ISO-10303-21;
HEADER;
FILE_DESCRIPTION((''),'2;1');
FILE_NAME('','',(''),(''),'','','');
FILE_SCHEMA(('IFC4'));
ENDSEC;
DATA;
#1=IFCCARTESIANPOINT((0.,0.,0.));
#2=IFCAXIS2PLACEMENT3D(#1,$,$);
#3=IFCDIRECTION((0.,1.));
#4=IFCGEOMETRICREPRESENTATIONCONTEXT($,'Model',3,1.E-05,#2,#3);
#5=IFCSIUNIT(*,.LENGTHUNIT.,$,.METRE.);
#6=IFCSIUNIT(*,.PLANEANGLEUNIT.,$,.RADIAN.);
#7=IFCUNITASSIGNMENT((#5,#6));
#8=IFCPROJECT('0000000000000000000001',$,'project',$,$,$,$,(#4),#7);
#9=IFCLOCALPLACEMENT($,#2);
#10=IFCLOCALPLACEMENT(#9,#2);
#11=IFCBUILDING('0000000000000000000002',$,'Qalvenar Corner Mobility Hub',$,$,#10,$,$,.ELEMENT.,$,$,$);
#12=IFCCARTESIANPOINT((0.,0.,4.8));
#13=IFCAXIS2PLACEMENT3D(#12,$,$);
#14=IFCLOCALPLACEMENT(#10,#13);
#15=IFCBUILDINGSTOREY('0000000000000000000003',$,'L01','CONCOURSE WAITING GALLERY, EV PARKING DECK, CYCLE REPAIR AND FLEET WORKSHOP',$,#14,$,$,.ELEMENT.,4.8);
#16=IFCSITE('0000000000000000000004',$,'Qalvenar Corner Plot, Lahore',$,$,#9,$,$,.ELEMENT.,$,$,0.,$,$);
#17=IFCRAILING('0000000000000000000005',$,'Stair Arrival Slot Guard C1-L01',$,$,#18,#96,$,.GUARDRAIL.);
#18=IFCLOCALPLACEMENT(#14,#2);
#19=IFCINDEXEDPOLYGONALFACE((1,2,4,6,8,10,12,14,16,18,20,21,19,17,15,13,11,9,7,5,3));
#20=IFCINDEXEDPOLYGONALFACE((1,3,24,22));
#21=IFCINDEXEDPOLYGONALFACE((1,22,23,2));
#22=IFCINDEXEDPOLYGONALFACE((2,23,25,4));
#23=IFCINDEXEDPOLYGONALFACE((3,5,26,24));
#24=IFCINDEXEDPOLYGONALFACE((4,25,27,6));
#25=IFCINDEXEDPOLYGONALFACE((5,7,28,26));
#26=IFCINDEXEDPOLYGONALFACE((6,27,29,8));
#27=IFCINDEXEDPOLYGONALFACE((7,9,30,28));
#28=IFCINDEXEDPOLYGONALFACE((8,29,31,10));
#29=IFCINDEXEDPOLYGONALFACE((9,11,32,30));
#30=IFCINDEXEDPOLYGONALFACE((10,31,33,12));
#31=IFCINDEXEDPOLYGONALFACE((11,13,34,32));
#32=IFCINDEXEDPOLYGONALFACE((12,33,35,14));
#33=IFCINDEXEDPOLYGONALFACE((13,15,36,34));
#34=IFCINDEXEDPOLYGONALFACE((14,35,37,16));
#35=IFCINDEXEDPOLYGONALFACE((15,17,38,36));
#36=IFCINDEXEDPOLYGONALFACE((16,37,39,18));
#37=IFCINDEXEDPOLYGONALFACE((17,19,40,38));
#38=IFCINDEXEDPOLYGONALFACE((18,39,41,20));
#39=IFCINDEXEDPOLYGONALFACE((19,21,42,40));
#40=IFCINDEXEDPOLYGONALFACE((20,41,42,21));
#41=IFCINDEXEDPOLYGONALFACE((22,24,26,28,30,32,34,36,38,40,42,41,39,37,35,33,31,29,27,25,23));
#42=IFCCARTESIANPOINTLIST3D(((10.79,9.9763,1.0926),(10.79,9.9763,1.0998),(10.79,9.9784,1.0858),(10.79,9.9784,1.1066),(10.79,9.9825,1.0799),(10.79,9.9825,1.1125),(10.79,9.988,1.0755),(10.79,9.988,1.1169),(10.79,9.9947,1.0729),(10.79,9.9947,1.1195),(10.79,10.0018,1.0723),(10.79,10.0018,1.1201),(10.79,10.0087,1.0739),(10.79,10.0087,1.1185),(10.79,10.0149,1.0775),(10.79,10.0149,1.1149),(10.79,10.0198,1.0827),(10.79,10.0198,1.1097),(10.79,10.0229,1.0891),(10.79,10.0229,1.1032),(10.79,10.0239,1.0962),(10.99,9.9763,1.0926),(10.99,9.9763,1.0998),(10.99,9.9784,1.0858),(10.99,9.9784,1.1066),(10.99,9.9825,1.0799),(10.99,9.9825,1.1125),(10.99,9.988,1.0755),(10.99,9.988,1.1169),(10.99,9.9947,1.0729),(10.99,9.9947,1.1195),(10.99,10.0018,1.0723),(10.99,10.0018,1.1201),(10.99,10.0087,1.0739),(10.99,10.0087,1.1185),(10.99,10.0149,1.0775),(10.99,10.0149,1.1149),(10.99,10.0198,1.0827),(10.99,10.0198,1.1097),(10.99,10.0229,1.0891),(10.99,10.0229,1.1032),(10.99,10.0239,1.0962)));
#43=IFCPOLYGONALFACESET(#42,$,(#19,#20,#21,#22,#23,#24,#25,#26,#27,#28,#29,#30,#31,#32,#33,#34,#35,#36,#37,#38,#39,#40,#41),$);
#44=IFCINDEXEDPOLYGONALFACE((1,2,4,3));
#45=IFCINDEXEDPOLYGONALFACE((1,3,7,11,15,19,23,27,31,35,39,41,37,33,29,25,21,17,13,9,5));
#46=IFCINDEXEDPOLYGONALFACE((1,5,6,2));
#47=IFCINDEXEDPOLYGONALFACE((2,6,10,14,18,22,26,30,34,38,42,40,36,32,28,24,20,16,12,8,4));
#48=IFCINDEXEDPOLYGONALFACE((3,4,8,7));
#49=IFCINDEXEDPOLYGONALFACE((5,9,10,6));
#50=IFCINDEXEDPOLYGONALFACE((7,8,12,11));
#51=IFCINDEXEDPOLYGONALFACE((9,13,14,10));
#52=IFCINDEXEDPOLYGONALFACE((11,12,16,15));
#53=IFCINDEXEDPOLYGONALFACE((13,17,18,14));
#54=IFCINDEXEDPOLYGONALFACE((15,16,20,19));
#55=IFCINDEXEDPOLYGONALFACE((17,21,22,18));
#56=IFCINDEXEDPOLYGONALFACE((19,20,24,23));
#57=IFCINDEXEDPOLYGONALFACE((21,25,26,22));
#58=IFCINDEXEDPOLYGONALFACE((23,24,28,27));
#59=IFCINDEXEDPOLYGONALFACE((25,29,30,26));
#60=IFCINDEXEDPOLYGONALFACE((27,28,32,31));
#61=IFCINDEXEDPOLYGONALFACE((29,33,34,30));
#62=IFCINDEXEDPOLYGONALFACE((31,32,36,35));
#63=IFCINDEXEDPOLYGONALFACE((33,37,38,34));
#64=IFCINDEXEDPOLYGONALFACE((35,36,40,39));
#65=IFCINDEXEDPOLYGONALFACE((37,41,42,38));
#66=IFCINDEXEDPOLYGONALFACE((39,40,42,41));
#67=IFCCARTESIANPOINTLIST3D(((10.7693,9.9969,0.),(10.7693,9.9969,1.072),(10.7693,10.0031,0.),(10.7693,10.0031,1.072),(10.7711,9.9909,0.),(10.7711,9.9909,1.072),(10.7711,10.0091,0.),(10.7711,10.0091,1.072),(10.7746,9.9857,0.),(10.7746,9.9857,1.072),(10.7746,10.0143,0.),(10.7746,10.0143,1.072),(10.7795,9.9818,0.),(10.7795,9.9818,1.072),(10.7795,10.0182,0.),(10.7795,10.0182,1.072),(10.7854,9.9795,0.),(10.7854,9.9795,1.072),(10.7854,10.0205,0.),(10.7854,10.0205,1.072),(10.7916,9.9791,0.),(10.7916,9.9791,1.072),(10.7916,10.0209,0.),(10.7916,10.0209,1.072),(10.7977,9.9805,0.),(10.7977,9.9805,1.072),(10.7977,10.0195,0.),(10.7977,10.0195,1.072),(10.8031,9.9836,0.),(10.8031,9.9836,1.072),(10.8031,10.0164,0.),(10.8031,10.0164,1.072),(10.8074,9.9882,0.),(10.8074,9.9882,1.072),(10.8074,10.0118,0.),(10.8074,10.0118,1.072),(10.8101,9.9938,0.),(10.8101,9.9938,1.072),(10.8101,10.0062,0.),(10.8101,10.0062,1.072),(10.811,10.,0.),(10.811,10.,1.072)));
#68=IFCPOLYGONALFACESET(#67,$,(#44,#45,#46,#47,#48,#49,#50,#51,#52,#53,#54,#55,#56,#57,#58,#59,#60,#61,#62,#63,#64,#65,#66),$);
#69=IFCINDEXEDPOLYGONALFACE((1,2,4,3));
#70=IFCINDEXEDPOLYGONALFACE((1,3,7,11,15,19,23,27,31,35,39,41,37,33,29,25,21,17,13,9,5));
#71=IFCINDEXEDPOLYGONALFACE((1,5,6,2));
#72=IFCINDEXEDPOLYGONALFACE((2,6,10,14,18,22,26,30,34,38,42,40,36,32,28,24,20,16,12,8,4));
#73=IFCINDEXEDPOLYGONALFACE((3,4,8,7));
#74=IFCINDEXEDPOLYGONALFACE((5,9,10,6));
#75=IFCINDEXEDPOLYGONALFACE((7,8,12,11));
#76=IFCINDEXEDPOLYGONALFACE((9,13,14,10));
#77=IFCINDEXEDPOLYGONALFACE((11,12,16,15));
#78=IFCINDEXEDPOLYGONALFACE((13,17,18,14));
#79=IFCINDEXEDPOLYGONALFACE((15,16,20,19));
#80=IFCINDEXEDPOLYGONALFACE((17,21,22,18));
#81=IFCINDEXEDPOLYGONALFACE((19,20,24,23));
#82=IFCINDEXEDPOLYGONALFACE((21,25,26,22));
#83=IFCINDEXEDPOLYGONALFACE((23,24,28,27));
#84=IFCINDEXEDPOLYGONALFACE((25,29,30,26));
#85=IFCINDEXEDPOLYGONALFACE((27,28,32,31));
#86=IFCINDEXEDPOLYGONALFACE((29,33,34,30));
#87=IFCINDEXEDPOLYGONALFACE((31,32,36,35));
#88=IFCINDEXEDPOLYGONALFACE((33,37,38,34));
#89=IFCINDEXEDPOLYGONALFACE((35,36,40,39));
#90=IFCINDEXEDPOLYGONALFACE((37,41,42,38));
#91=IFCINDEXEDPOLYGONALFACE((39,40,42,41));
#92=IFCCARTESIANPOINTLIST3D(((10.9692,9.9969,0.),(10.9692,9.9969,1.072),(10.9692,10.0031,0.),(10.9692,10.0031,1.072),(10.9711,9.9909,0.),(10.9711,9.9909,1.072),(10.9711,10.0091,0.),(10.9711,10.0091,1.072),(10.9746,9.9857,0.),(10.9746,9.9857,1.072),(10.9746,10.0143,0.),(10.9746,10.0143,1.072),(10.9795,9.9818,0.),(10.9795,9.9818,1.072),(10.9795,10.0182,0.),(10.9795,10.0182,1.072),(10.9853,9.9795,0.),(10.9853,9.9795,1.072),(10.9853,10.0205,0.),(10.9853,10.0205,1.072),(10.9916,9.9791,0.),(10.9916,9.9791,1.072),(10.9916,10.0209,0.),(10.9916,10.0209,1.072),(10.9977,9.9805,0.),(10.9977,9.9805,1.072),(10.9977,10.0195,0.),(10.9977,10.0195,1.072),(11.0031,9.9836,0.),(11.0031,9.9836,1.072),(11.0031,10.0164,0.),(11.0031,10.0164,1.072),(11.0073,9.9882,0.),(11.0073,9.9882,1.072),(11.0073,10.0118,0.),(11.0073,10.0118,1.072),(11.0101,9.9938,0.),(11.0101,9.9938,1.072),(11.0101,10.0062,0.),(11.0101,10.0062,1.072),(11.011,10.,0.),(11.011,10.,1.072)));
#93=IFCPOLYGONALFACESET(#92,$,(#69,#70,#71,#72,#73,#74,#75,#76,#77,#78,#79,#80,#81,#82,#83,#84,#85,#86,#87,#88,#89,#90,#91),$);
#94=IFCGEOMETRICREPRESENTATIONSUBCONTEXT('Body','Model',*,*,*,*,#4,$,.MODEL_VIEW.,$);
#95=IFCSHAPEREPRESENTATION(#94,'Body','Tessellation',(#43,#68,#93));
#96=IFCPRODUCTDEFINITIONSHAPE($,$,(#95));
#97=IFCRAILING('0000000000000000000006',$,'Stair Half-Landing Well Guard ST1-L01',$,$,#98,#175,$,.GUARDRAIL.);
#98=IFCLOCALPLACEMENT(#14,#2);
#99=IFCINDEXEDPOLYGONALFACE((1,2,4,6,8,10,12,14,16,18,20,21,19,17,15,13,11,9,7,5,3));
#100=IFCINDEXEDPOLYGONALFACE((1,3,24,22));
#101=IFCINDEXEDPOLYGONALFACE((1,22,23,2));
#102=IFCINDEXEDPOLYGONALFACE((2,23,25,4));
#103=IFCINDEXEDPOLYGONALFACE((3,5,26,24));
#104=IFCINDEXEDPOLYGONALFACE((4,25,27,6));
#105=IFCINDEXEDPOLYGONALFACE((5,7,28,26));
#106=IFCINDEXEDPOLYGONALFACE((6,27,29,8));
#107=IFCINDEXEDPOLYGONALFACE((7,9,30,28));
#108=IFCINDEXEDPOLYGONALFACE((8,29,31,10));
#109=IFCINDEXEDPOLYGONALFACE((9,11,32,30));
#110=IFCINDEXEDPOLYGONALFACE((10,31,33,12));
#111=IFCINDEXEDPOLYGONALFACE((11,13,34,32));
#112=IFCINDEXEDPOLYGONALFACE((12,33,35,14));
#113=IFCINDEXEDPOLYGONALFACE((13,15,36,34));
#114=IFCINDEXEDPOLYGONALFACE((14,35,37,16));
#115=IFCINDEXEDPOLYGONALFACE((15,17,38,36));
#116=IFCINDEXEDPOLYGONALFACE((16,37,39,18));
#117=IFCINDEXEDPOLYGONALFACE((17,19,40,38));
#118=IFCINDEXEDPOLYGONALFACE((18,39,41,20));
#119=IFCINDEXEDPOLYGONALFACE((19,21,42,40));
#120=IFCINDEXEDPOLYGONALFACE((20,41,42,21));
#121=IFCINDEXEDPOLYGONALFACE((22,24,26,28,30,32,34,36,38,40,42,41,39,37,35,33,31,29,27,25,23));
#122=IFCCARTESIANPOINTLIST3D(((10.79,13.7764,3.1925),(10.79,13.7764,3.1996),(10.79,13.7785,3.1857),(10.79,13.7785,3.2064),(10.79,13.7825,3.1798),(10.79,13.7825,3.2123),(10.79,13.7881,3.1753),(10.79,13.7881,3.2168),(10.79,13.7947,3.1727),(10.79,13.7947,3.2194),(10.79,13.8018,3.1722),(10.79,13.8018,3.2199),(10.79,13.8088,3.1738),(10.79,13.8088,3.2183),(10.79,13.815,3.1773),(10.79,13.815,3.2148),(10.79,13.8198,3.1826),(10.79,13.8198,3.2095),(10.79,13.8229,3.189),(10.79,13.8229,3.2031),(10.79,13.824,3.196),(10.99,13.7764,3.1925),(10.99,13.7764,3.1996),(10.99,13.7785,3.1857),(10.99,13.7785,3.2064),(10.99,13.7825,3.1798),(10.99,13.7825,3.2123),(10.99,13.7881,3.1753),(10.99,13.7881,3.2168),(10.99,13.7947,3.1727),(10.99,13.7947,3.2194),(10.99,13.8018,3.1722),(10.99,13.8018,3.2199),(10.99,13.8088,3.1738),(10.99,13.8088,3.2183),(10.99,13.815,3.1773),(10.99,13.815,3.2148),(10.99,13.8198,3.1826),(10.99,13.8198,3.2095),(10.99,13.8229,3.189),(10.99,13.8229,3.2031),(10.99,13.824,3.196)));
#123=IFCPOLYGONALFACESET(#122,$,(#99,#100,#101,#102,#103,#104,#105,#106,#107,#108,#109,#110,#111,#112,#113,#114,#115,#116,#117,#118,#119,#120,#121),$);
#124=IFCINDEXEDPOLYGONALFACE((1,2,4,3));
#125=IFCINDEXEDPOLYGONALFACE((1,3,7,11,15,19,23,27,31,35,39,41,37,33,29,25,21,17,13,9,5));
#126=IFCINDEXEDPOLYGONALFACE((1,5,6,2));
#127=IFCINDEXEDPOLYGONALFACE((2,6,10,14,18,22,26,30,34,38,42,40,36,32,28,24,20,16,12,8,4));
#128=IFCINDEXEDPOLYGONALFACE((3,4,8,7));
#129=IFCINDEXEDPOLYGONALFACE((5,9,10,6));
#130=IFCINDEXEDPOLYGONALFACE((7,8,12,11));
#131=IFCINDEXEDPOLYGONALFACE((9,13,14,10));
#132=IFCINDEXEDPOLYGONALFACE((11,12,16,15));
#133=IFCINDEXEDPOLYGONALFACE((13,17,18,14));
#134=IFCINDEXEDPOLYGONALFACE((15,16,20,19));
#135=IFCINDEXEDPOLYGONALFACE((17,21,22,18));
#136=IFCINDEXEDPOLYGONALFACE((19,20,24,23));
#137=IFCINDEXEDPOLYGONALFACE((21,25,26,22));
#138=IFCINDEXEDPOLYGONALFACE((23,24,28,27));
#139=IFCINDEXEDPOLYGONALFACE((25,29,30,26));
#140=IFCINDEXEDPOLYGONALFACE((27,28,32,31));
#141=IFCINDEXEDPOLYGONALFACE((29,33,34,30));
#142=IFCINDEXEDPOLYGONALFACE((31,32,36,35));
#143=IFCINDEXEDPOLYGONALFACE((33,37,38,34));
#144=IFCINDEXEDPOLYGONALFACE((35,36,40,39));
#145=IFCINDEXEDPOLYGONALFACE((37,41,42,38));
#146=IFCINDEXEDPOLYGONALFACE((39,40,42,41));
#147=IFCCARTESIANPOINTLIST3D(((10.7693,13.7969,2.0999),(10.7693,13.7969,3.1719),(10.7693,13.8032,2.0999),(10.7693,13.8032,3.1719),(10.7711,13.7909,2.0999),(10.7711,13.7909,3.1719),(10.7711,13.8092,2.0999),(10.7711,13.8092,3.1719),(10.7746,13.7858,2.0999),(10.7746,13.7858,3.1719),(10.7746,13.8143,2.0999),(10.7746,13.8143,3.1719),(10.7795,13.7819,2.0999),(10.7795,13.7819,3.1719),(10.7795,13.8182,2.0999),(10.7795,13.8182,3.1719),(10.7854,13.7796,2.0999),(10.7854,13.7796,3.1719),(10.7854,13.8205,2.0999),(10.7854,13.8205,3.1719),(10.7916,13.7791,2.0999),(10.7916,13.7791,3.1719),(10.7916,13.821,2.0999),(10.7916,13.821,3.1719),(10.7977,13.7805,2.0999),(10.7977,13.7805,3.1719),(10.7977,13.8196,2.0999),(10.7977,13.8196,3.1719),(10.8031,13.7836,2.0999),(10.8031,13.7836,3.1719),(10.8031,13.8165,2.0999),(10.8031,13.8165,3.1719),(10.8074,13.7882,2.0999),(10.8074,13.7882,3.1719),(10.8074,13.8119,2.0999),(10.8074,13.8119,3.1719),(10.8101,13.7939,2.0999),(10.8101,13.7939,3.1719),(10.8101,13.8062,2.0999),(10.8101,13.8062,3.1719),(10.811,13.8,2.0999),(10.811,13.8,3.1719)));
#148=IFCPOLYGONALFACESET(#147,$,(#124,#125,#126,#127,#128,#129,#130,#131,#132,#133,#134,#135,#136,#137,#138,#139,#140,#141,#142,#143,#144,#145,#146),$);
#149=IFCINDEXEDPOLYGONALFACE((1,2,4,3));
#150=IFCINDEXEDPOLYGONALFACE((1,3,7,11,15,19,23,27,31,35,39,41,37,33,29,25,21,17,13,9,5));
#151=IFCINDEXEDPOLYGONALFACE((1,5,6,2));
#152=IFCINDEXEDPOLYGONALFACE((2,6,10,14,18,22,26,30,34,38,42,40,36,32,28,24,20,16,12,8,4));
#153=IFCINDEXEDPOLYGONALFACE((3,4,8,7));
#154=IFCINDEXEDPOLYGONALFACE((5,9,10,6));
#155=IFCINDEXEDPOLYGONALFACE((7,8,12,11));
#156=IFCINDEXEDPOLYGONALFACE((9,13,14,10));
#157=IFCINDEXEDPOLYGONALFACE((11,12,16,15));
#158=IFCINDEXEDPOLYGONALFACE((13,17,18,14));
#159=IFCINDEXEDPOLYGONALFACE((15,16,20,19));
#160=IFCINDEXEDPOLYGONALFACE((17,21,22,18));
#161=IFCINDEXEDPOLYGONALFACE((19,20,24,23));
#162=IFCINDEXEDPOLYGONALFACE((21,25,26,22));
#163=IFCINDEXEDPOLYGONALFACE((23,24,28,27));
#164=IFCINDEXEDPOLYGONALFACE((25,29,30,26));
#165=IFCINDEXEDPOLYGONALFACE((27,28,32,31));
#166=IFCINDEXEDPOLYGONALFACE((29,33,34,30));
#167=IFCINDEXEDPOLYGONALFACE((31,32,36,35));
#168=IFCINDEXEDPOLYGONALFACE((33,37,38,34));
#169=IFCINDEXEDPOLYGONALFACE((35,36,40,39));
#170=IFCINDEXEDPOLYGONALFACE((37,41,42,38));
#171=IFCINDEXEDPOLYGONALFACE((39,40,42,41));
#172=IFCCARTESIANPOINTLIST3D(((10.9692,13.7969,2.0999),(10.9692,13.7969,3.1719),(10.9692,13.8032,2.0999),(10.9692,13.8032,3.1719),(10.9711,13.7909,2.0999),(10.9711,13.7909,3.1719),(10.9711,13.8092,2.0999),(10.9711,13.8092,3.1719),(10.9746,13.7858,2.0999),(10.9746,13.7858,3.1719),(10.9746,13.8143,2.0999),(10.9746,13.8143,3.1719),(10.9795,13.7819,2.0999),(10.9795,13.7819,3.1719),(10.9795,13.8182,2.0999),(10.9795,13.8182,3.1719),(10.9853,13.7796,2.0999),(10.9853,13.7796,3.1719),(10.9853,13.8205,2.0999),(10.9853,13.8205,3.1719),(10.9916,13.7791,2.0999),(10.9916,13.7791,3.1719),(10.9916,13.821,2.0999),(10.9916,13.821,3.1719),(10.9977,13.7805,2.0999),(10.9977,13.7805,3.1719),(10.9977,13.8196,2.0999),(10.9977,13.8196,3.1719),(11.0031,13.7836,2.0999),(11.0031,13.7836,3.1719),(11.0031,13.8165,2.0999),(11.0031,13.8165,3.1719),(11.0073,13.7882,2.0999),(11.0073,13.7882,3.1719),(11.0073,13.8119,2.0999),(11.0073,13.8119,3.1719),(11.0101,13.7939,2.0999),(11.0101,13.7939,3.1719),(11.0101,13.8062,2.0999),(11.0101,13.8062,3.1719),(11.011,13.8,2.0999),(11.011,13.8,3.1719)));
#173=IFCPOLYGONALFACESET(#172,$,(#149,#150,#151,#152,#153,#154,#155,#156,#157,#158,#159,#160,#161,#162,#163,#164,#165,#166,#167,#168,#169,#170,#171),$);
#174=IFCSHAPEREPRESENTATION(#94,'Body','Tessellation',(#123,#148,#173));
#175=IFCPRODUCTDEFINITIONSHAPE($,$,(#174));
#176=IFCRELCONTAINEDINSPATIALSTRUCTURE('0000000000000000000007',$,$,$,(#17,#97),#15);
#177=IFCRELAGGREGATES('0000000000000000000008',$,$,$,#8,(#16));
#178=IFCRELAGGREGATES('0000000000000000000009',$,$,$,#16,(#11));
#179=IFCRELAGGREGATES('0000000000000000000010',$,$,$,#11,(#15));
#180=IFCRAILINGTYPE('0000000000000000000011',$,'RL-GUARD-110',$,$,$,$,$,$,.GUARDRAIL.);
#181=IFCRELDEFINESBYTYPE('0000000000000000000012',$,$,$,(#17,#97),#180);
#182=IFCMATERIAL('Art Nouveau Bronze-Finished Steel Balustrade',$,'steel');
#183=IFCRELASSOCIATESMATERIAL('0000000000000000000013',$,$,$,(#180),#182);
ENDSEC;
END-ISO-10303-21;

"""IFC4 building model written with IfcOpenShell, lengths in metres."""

from ifc_helpers import new_model, si_unit, direction, frame, origin, origin_2d, place, context, subcontext, project, spatial, circle, extrude, material, type_object, element, save


model = new_model("IFC4")

# Units and contexts
model_context = context("Model", 3, precision=1e-05, world=origin(), true_north=direction((0.0, 1.0)))
body_context = subcontext(model_context, "Body", "Model", "MODEL_VIEW")
ifc_project = project(units=[si_unit("LENGTHUNIT", "METRE"), si_unit("PLANEANGLEUNIT", "RADIAN")], contexts=[model_context])

# Site, building, storey
site_placement = place(None, origin())
site = spatial("IfcSite", under=ifc_project, at=site_placement, Name="Qalvenar Corner Plot, Lahore", CompositionType="ELEMENT", RefElevation=0.0)
building_placement = place(site_placement, origin())
building = spatial("IfcBuilding", under=site, at=building_placement, Name="Qalvenar Corner Mobility Hub", CompositionType="ELEMENT")
storey_placement = place(building_placement, frame((0.0, 0.0, 4.8)))
storey = spatial("IfcBuildingStorey", under=building, at=storey_placement, Name="L01", Description="CONCOURSE WAITING GALLERY, EV PARKING DECK, CYCLE REPAIR AND FLEET WORKSHOP", CompositionType="ELEMENT", Elevation=4.8)

# Railings
ifc_material_1 = material(Name="Art Nouveau Bronze-Finished Steel Balustrade", Category="steel")
railing_type_1 = type_object("IfcRailingType", Name="RL-GUARD-110", PredefinedType="GUARDRAIL", material=ifc_material_1)
for number, where, name in (
    (1, (10.79, 10.0, 0.0), "Stair Arrival Slot Guard C1-L01"),
    (2, (10.79, 13.8, 2.0999), "Stair Half-Landing Well Guard ST1-L01"),
):
    element("IfcRailing", number, at=place(storey_placement, frame(where)), inside=storey, type_object=railing_type_1, Name=name, PredefinedType="GUARDRAIL", context=body_context, shape_type="SweptSolid", body=[
        extrude(circle(Radius=0.0239, at=origin_2d()), frame((0.0, 0.0, 1.0962), z_axis=(1.0, 0.0, 0.0), x_axis=(0.0, 1.0, 0.0)), (0.0, 0.0, 1.0), 0.2),
        extrude(circle(Radius=0.021, at=origin_2d()), origin(), (0.0, 0.0, 1.0), 1.072),
        extrude(circle(Radius=0.021, at=origin_2d()), frame((0.2, 0.0, 0.0)), (0.0, 0.0, 1.0), 1.072),
    ])

save(model, "model.ifc")
